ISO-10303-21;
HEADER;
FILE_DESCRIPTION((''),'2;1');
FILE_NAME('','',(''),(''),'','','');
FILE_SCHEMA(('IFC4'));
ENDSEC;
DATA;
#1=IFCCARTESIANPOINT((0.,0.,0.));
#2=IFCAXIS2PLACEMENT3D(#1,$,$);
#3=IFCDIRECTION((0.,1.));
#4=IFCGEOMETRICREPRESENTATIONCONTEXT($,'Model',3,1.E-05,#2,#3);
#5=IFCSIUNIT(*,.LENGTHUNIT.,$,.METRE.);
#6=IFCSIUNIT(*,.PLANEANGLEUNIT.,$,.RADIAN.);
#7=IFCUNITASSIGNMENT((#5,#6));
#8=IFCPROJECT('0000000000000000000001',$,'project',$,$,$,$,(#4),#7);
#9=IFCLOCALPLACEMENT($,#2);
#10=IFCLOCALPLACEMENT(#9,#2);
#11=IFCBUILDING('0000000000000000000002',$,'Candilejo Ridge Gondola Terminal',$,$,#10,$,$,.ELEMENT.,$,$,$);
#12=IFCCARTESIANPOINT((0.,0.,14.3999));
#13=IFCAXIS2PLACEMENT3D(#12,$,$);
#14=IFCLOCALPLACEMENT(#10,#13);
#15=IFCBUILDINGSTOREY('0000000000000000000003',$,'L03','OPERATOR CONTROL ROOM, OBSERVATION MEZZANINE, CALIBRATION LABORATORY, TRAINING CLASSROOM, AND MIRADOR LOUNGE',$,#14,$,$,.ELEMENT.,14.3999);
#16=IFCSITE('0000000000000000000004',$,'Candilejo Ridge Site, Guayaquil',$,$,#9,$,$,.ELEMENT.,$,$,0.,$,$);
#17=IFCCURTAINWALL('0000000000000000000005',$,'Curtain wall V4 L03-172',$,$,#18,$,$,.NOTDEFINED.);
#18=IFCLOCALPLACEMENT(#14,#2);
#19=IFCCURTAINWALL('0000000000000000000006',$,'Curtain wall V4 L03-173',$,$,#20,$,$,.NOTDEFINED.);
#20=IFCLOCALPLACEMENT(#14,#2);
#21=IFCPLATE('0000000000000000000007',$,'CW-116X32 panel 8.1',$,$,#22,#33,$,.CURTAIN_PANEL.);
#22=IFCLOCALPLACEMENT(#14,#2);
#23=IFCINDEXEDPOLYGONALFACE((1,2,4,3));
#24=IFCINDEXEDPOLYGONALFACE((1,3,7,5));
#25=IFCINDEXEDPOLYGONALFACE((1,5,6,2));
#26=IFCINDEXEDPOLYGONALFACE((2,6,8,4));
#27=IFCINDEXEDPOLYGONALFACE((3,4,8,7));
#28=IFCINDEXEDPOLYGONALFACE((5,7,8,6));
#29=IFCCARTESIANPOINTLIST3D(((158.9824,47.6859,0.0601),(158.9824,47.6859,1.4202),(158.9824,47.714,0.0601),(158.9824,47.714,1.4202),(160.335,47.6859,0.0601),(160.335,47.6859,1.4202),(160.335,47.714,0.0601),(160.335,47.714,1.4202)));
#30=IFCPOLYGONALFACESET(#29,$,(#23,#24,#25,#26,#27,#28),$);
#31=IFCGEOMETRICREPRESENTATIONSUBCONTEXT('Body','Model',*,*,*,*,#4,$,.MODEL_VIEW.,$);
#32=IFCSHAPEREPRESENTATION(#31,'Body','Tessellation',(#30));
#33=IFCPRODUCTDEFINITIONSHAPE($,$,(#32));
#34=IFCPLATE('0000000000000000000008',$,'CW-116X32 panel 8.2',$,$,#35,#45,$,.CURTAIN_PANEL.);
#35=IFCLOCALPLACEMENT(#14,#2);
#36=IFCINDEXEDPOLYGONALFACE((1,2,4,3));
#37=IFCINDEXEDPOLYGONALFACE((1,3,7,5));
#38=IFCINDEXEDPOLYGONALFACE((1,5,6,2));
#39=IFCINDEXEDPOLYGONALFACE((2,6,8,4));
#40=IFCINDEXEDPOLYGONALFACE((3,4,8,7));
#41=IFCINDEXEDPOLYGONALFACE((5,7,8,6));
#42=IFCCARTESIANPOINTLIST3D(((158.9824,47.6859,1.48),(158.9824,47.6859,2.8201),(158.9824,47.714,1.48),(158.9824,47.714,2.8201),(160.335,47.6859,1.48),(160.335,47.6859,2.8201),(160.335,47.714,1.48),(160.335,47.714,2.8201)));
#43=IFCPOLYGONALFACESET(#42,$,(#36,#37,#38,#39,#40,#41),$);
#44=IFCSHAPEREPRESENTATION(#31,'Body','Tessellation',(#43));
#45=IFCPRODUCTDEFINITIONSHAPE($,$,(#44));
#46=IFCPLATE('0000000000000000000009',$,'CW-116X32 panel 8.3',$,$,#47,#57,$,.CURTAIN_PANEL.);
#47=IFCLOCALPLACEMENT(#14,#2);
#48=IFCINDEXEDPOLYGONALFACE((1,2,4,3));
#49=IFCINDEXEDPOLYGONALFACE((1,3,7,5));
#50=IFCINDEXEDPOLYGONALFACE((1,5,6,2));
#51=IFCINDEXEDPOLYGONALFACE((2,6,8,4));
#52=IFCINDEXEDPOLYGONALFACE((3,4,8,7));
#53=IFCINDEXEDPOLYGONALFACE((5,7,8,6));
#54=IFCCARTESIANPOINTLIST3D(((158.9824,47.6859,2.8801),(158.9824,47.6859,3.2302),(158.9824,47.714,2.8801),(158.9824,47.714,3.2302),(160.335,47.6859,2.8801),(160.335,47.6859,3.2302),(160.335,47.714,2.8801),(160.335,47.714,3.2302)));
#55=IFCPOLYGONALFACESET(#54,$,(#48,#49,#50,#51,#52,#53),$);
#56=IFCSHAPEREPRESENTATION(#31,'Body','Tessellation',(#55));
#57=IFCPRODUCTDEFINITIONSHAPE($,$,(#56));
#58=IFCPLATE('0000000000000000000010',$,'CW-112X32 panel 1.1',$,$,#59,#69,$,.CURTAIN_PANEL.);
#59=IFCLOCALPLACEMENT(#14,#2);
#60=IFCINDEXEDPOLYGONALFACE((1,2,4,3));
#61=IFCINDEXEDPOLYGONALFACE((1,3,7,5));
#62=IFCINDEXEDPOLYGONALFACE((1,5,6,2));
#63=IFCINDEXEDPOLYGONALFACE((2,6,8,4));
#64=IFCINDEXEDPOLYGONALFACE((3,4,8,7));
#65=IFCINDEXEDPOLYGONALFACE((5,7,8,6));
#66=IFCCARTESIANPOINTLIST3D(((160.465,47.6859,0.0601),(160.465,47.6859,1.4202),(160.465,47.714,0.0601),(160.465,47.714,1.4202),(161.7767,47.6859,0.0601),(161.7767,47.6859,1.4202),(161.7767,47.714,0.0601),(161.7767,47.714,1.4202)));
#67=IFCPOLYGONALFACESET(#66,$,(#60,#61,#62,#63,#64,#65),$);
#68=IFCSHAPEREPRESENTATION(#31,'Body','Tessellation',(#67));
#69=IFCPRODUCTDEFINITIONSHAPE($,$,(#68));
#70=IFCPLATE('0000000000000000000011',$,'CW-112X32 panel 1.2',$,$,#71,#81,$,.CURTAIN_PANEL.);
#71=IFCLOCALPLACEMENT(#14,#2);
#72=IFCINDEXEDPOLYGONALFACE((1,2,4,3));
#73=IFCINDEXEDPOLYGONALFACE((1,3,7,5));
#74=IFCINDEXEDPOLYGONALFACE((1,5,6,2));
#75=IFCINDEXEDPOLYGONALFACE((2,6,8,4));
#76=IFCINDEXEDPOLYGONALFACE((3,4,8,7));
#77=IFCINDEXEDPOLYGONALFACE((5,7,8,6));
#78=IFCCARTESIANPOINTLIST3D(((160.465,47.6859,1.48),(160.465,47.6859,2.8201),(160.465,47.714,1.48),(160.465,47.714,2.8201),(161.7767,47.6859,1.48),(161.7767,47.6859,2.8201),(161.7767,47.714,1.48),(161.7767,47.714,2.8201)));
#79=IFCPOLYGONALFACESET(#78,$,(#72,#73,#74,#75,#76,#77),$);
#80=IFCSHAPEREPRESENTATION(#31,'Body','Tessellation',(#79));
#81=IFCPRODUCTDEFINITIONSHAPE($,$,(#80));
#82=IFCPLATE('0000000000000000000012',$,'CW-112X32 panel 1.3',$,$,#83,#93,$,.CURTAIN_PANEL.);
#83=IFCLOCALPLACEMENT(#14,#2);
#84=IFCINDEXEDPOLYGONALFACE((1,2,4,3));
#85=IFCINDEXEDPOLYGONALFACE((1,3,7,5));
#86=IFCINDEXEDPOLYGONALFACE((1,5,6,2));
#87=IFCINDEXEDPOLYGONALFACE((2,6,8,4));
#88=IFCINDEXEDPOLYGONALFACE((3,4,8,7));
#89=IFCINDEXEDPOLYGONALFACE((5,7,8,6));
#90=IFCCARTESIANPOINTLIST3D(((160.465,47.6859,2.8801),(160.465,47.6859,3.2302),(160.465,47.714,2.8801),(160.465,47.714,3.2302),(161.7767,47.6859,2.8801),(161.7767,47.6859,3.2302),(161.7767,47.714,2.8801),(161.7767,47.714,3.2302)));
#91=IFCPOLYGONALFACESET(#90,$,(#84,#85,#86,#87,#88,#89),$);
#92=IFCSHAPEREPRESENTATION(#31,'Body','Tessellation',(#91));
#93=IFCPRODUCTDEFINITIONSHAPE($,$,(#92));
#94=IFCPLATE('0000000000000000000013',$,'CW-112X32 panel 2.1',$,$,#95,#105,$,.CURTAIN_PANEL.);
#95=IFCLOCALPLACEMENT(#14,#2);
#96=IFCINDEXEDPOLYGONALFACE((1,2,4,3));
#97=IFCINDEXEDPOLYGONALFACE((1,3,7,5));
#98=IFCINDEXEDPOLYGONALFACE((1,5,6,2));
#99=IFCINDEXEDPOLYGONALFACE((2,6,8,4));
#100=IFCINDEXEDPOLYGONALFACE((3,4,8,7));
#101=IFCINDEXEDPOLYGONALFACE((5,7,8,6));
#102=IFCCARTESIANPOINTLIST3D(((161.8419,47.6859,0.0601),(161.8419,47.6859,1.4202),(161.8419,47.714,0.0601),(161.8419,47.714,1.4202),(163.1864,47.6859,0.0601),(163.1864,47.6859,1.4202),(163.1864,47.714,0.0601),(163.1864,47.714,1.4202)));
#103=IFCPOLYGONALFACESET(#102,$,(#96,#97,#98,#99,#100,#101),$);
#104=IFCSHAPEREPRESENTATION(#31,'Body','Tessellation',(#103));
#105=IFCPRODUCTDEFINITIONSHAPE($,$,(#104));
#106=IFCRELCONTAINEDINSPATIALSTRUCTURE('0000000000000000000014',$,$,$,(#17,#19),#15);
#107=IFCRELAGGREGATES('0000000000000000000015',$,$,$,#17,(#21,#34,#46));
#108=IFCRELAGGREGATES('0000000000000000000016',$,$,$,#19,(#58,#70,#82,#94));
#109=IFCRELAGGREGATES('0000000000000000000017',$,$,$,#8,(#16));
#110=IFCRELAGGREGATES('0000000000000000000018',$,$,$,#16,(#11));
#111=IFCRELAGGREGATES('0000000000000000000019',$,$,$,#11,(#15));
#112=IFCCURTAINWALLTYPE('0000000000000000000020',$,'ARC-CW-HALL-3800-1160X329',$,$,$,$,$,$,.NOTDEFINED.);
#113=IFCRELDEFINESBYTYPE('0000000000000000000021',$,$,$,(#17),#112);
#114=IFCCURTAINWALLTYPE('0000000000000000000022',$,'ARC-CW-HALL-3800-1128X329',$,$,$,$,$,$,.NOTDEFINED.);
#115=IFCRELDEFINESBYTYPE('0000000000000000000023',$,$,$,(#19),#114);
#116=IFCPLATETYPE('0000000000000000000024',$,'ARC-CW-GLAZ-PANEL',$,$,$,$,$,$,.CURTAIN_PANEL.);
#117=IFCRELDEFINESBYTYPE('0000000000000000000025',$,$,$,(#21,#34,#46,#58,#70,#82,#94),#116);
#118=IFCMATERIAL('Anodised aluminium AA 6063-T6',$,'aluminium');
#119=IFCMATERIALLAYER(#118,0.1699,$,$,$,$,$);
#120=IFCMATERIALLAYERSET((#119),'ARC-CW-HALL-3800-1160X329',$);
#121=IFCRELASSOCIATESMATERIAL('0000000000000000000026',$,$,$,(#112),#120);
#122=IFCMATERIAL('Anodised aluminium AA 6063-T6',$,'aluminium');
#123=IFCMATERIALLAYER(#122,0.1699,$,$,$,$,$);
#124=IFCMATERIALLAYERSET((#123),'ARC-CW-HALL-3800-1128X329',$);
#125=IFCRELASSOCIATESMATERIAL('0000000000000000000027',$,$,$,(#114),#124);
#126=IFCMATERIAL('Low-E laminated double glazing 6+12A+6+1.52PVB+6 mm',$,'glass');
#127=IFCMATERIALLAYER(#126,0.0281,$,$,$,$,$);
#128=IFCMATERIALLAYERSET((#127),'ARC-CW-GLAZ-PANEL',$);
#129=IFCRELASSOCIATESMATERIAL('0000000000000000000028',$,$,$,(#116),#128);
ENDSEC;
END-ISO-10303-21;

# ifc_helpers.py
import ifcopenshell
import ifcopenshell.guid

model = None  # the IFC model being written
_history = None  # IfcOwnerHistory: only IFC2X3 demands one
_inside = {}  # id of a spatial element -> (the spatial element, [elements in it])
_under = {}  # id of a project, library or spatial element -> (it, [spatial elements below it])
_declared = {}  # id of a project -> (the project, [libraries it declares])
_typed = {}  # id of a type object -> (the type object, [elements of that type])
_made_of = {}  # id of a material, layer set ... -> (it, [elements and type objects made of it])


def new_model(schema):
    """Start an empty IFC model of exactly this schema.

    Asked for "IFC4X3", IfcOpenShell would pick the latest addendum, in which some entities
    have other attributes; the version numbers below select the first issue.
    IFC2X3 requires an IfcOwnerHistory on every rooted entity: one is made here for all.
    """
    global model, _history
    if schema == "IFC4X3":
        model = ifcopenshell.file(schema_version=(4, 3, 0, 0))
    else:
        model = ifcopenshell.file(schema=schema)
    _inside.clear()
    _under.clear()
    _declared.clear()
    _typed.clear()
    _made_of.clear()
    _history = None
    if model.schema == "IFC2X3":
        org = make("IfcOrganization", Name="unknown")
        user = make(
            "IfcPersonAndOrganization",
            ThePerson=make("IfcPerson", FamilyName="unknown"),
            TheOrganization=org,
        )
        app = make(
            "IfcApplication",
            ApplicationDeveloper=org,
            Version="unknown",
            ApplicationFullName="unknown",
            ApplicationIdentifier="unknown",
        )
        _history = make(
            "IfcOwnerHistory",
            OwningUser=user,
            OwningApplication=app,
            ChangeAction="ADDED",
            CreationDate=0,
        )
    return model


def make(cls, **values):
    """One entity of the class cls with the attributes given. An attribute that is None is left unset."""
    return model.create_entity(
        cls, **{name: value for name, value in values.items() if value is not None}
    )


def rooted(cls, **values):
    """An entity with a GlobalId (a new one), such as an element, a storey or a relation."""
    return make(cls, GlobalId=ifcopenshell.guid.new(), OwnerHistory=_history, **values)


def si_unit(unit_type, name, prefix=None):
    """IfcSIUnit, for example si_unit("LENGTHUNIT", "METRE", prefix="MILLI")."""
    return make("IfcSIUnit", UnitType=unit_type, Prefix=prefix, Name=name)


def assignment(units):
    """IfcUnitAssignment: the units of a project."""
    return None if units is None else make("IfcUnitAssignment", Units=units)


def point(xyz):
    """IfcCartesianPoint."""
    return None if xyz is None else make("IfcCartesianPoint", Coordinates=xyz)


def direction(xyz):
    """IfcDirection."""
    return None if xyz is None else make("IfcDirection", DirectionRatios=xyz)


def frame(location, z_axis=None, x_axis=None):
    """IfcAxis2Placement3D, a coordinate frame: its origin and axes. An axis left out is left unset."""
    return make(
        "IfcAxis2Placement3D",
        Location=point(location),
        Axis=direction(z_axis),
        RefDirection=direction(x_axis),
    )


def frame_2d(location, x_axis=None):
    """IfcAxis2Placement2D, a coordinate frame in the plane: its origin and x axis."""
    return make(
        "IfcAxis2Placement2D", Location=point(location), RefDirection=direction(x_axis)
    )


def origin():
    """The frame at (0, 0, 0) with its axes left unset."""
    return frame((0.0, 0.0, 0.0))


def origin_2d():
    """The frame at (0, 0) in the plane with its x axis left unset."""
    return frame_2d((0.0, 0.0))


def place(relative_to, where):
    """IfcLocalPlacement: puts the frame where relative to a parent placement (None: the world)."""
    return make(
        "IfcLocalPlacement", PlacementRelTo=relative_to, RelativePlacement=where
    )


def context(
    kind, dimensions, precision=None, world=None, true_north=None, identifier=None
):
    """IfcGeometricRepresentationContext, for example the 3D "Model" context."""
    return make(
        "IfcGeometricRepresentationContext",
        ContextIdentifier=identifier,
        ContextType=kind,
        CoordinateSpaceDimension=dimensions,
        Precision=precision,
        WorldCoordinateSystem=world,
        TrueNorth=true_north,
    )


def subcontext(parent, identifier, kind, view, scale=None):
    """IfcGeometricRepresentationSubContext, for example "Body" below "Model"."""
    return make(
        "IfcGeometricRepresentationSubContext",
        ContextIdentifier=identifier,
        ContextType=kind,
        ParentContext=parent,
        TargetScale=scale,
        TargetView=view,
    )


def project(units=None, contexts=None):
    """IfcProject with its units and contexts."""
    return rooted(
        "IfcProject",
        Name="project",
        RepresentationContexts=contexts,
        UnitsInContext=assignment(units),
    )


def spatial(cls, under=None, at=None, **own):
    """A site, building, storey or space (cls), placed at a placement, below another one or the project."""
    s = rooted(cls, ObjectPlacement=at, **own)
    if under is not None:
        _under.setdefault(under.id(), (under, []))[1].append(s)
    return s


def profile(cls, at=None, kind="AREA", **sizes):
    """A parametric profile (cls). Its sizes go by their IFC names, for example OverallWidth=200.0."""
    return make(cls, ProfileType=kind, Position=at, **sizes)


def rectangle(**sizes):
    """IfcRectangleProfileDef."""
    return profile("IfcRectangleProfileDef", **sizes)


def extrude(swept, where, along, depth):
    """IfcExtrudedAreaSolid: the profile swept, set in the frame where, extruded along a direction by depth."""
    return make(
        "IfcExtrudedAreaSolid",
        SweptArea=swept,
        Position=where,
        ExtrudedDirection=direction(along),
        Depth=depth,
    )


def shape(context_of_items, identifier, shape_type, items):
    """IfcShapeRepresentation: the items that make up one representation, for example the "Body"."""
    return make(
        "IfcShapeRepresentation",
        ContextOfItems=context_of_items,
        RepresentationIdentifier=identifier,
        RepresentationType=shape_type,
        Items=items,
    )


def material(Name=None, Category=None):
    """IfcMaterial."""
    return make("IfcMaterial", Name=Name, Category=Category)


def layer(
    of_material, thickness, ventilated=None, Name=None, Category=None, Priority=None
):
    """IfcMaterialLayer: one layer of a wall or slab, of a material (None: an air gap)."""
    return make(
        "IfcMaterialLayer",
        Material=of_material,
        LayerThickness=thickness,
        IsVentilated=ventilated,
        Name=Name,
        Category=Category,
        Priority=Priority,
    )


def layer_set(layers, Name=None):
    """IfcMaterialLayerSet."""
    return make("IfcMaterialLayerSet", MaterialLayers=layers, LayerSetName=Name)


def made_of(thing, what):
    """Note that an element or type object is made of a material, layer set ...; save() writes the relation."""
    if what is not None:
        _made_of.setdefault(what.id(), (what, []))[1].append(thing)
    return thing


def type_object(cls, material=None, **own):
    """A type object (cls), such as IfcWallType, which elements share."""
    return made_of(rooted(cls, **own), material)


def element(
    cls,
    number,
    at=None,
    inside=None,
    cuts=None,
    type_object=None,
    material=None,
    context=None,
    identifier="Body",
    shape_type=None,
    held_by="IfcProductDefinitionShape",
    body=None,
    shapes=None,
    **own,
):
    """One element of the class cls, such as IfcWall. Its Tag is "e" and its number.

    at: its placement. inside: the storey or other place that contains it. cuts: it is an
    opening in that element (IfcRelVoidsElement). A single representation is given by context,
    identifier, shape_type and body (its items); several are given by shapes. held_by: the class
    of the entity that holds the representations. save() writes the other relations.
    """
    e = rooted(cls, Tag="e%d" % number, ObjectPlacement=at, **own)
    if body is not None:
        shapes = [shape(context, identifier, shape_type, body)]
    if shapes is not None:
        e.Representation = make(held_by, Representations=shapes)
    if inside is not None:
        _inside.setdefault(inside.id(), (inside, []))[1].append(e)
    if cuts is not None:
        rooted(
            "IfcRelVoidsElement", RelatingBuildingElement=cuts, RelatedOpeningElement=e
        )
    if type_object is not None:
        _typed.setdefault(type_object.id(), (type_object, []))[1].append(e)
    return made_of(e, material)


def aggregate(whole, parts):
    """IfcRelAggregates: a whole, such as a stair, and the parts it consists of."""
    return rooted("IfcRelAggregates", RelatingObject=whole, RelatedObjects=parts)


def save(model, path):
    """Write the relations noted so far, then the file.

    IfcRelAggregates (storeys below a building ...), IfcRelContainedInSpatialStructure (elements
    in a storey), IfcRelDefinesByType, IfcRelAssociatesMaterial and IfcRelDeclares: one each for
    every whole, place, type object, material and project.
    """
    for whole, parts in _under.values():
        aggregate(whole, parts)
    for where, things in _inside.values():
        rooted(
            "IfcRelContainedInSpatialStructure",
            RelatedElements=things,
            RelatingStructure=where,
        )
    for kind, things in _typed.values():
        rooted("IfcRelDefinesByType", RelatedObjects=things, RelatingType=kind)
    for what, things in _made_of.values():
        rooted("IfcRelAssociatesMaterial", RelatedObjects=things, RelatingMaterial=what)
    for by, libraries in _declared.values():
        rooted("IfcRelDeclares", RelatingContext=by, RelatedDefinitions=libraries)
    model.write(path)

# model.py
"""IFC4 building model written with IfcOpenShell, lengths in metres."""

from ifc_helpers import new_model, si_unit, direction, frame, origin, origin_2d, place, context, subcontext, project, spatial, rectangle, extrude, material, layer, layer_set, type_object, element, aggregate, save


model = new_model("IFC4")

# Units and contexts
model_context = context("Model", 3, precision=1e-05, world=origin(), true_north=direction((0.0, 1.0)))
body_context = subcontext(model_context, "Body", "Model", "MODEL_VIEW")
ifc_project = project(units=[si_unit("LENGTHUNIT", "METRE"), si_unit("PLANEANGLEUNIT", "RADIAN")], contexts=[model_context])

# Site, building, storey
site_placement = place(None, origin())
site = spatial("IfcSite", under=ifc_project, at=site_placement, Name="Candilejo Ridge Site, Guayaquil", CompositionType="ELEMENT", RefElevation=0.0)
building_placement = place(site_placement, origin())
building = spatial("IfcBuilding", under=site, at=building_placement, Name="Candilejo Ridge Gondola Terminal", CompositionType="ELEMENT")
storey_placement = place(building_placement, frame((0.0, 0.0, 14.3999)))
storey = spatial("IfcBuildingStorey", under=building, at=storey_placement, Name="L03", Description="OPERATOR CONTROL ROOM, OBSERVATION MEZZANINE, CALIBRATION LABORATORY, TRAINING CLASSROOM, AND MIRADOR LOUNGE", CompositionType="ELEMENT", Elevation=14.3999)

# Curtain wall
ifc_material_1 = material(Name="Anodised aluminium AA 6063-T6", Category="aluminium")
ifc_layer_1 = layer(ifc_material_1, 0.1699)
ifc_layer_set_1 = layer_set([ifc_layer_1], Name="ARC-CW-HALL-3800-1160X329")
curtain_wall_type_1 = type_object("IfcCurtainWallType", Name="ARC-CW-HALL-3800-1160X329", PredefinedType="NOTDEFINED", material=ifc_layer_set_1)
curtain_wall_1_placement = place(storey_placement, origin())
curtain_wall_1 = element("IfcCurtainWall", 1, at=curtain_wall_1_placement, inside=storey, type_object=curtain_wall_type_1, Name="Curtain wall V4 L03-172", PredefinedType="NOTDEFINED")

# Curtain wall
ifc_material_2 = material(Name="Anodised aluminium AA 6063-T6", Category="aluminium")
ifc_layer_2 = layer(ifc_material_2, 0.1699)
ifc_layer_set_2 = layer_set([ifc_layer_2], Name="ARC-CW-HALL-3800-1128X329")
curtain_wall_type_2 = type_object("IfcCurtainWallType", Name="ARC-CW-HALL-3800-1128X329", PredefinedType="NOTDEFINED", material=ifc_layer_set_2)
curtain_wall_2_placement = place(storey_placement, origin())
curtain_wall_2 = element("IfcCurtainWall", 2, at=curtain_wall_2_placement, inside=storey, type_object=curtain_wall_type_2, Name="Curtain wall V4 L03-173", PredefinedType="NOTDEFINED")

# Plates
ifc_material_3 = material(Name="Low-E laminated double glazing 6+12A+6+1.52PVB+6 mm", Category="glass")
ifc_layer_3 = layer(ifc_material_3, 0.0281)
ifc_layer_set_3 = layer_set([ifc_layer_3], Name="ARC-CW-GLAZ-PANEL")
plate_type = type_object("IfcPlateType", Name="ARC-CW-GLAZ-PANEL", PredefinedType="CURTAIN_PANEL", material=ifc_layer_set_3)
plate_1_placement = place(storey_placement, frame((159.6587, 47.7, 0.0601), z_axis=(0.0, 0.0, 1.0), x_axis=(1.0, 0.0, 0.0)))
plate_1 = element("IfcPlate", 3, at=plate_1_placement, type_object=plate_type, Name="CW-116X32 panel 8.1", PredefinedType="CURTAIN_PANEL", context=body_context, shape_type="SweptSolid", body=[
    extrude(rectangle(XDim=1.3525, YDim=0.0281, at=origin_2d()), origin(), (0.0, 0.0, 1.0), 1.3601),
])
plate_2_placement = place(storey_placement, frame((159.6587, 47.7, 1.48), z_axis=(0.0, 0.0, 1.0), x_axis=(1.0, 0.0, 0.0)))
plate_2 = element("IfcPlate", 4, at=plate_2_placement, type_object=plate_type, Name="CW-116X32 panel 8.2", PredefinedType="CURTAIN_PANEL", context=body_context, shape_type="SweptSolid", body=[
    extrude(rectangle(XDim=1.3525, YDim=0.0281, at=origin_2d()), origin(), (0.0, 0.0, 1.0), 1.3401),
])
plate_3_placement = place(storey_placement, frame((159.6587, 47.7, 2.8801), z_axis=(0.0, 0.0, 1.0), x_axis=(1.0, 0.0, 0.0)))
plate_3 = element("IfcPlate", 5, at=plate_3_placement, type_object=plate_type, Name="CW-116X32 panel 8.3", PredefinedType="CURTAIN_PANEL", context=body_context, shape_type="SweptSolid", body=[
    extrude(rectangle(XDim=1.3525, YDim=0.0281, at=origin_2d()), origin(), (0.0, 0.0, 1.0), 0.3501),
])
aggregate(curtain_wall_1, [plate_1, plate_2, plate_3])
plate_4_placement = place(storey_placement, frame((161.1208, 47.7, 0.0601), z_axis=(0.0, 0.0, 1.0), x_axis=(1.0, 0.0, 0.0)))
plate_4 = element("IfcPlate", 6, at=plate_4_placement, type_object=plate_type, Name="CW-112X32 panel 1.1", PredefinedType="CURTAIN_PANEL", context=body_context, shape_type="SweptSolid", body=[
    extrude(rectangle(XDim=1.3118, YDim=0.0281, at=origin_2d()), origin(), (0.0, 0.0, 1.0), 1.3601),
])
plate_5_placement = place(storey_placement, frame((161.1208, 47.7, 1.48), z_axis=(0.0, 0.0, 1.0), x_axis=(1.0, 0.0, 0.0)))
plate_5 = element("IfcPlate", 7, at=plate_5_placement, type_object=plate_type, Name="CW-112X32 panel 1.2", PredefinedType="CURTAIN_PANEL", context=body_context, shape_type="SweptSolid", body=[
    extrude(rectangle(XDim=1.3118, YDim=0.0281, at=origin_2d()), origin(), (0.0, 0.0, 1.0), 1.3401),
])
plate_6_placement = place(storey_placement, frame((161.1208, 47.7, 2.8801), z_axis=(0.0, 0.0, 1.0), x_axis=(1.0, 0.0, 0.0)))
plate_6 = element("IfcPlate", 8, at=plate_6_placement, type_object=plate_type, Name="CW-112X32 panel 1.3", PredefinedType="CURTAIN_PANEL", context=body_context, shape_type="SweptSolid", body=[
    extrude(rectangle(XDim=1.3118, YDim=0.0281, at=origin_2d()), origin(), (0.0, 0.0, 1.0), 0.3501),
])
plate_7_placement = place(storey_placement, frame((162.5142, 47.7, 0.0601), z_axis=(0.0, 0.0, 1.0), x_axis=(1.0, 0.0, 0.0)))
plate_7 = element("IfcPlate", 9, at=plate_7_placement, type_object=plate_type, Name="CW-112X32 panel 2.1", PredefinedType="CURTAIN_PANEL", context=body_context, shape_type="SweptSolid", body=[
    extrude(rectangle(XDim=1.3445, YDim=0.0281, at=origin_2d()), origin(), (0.0, 0.0, 1.0), 1.3601),
])
aggregate(curtain_wall_2, [plate_4, plate_5, plate_6, plate_7])

save(model, "model.ifc")
